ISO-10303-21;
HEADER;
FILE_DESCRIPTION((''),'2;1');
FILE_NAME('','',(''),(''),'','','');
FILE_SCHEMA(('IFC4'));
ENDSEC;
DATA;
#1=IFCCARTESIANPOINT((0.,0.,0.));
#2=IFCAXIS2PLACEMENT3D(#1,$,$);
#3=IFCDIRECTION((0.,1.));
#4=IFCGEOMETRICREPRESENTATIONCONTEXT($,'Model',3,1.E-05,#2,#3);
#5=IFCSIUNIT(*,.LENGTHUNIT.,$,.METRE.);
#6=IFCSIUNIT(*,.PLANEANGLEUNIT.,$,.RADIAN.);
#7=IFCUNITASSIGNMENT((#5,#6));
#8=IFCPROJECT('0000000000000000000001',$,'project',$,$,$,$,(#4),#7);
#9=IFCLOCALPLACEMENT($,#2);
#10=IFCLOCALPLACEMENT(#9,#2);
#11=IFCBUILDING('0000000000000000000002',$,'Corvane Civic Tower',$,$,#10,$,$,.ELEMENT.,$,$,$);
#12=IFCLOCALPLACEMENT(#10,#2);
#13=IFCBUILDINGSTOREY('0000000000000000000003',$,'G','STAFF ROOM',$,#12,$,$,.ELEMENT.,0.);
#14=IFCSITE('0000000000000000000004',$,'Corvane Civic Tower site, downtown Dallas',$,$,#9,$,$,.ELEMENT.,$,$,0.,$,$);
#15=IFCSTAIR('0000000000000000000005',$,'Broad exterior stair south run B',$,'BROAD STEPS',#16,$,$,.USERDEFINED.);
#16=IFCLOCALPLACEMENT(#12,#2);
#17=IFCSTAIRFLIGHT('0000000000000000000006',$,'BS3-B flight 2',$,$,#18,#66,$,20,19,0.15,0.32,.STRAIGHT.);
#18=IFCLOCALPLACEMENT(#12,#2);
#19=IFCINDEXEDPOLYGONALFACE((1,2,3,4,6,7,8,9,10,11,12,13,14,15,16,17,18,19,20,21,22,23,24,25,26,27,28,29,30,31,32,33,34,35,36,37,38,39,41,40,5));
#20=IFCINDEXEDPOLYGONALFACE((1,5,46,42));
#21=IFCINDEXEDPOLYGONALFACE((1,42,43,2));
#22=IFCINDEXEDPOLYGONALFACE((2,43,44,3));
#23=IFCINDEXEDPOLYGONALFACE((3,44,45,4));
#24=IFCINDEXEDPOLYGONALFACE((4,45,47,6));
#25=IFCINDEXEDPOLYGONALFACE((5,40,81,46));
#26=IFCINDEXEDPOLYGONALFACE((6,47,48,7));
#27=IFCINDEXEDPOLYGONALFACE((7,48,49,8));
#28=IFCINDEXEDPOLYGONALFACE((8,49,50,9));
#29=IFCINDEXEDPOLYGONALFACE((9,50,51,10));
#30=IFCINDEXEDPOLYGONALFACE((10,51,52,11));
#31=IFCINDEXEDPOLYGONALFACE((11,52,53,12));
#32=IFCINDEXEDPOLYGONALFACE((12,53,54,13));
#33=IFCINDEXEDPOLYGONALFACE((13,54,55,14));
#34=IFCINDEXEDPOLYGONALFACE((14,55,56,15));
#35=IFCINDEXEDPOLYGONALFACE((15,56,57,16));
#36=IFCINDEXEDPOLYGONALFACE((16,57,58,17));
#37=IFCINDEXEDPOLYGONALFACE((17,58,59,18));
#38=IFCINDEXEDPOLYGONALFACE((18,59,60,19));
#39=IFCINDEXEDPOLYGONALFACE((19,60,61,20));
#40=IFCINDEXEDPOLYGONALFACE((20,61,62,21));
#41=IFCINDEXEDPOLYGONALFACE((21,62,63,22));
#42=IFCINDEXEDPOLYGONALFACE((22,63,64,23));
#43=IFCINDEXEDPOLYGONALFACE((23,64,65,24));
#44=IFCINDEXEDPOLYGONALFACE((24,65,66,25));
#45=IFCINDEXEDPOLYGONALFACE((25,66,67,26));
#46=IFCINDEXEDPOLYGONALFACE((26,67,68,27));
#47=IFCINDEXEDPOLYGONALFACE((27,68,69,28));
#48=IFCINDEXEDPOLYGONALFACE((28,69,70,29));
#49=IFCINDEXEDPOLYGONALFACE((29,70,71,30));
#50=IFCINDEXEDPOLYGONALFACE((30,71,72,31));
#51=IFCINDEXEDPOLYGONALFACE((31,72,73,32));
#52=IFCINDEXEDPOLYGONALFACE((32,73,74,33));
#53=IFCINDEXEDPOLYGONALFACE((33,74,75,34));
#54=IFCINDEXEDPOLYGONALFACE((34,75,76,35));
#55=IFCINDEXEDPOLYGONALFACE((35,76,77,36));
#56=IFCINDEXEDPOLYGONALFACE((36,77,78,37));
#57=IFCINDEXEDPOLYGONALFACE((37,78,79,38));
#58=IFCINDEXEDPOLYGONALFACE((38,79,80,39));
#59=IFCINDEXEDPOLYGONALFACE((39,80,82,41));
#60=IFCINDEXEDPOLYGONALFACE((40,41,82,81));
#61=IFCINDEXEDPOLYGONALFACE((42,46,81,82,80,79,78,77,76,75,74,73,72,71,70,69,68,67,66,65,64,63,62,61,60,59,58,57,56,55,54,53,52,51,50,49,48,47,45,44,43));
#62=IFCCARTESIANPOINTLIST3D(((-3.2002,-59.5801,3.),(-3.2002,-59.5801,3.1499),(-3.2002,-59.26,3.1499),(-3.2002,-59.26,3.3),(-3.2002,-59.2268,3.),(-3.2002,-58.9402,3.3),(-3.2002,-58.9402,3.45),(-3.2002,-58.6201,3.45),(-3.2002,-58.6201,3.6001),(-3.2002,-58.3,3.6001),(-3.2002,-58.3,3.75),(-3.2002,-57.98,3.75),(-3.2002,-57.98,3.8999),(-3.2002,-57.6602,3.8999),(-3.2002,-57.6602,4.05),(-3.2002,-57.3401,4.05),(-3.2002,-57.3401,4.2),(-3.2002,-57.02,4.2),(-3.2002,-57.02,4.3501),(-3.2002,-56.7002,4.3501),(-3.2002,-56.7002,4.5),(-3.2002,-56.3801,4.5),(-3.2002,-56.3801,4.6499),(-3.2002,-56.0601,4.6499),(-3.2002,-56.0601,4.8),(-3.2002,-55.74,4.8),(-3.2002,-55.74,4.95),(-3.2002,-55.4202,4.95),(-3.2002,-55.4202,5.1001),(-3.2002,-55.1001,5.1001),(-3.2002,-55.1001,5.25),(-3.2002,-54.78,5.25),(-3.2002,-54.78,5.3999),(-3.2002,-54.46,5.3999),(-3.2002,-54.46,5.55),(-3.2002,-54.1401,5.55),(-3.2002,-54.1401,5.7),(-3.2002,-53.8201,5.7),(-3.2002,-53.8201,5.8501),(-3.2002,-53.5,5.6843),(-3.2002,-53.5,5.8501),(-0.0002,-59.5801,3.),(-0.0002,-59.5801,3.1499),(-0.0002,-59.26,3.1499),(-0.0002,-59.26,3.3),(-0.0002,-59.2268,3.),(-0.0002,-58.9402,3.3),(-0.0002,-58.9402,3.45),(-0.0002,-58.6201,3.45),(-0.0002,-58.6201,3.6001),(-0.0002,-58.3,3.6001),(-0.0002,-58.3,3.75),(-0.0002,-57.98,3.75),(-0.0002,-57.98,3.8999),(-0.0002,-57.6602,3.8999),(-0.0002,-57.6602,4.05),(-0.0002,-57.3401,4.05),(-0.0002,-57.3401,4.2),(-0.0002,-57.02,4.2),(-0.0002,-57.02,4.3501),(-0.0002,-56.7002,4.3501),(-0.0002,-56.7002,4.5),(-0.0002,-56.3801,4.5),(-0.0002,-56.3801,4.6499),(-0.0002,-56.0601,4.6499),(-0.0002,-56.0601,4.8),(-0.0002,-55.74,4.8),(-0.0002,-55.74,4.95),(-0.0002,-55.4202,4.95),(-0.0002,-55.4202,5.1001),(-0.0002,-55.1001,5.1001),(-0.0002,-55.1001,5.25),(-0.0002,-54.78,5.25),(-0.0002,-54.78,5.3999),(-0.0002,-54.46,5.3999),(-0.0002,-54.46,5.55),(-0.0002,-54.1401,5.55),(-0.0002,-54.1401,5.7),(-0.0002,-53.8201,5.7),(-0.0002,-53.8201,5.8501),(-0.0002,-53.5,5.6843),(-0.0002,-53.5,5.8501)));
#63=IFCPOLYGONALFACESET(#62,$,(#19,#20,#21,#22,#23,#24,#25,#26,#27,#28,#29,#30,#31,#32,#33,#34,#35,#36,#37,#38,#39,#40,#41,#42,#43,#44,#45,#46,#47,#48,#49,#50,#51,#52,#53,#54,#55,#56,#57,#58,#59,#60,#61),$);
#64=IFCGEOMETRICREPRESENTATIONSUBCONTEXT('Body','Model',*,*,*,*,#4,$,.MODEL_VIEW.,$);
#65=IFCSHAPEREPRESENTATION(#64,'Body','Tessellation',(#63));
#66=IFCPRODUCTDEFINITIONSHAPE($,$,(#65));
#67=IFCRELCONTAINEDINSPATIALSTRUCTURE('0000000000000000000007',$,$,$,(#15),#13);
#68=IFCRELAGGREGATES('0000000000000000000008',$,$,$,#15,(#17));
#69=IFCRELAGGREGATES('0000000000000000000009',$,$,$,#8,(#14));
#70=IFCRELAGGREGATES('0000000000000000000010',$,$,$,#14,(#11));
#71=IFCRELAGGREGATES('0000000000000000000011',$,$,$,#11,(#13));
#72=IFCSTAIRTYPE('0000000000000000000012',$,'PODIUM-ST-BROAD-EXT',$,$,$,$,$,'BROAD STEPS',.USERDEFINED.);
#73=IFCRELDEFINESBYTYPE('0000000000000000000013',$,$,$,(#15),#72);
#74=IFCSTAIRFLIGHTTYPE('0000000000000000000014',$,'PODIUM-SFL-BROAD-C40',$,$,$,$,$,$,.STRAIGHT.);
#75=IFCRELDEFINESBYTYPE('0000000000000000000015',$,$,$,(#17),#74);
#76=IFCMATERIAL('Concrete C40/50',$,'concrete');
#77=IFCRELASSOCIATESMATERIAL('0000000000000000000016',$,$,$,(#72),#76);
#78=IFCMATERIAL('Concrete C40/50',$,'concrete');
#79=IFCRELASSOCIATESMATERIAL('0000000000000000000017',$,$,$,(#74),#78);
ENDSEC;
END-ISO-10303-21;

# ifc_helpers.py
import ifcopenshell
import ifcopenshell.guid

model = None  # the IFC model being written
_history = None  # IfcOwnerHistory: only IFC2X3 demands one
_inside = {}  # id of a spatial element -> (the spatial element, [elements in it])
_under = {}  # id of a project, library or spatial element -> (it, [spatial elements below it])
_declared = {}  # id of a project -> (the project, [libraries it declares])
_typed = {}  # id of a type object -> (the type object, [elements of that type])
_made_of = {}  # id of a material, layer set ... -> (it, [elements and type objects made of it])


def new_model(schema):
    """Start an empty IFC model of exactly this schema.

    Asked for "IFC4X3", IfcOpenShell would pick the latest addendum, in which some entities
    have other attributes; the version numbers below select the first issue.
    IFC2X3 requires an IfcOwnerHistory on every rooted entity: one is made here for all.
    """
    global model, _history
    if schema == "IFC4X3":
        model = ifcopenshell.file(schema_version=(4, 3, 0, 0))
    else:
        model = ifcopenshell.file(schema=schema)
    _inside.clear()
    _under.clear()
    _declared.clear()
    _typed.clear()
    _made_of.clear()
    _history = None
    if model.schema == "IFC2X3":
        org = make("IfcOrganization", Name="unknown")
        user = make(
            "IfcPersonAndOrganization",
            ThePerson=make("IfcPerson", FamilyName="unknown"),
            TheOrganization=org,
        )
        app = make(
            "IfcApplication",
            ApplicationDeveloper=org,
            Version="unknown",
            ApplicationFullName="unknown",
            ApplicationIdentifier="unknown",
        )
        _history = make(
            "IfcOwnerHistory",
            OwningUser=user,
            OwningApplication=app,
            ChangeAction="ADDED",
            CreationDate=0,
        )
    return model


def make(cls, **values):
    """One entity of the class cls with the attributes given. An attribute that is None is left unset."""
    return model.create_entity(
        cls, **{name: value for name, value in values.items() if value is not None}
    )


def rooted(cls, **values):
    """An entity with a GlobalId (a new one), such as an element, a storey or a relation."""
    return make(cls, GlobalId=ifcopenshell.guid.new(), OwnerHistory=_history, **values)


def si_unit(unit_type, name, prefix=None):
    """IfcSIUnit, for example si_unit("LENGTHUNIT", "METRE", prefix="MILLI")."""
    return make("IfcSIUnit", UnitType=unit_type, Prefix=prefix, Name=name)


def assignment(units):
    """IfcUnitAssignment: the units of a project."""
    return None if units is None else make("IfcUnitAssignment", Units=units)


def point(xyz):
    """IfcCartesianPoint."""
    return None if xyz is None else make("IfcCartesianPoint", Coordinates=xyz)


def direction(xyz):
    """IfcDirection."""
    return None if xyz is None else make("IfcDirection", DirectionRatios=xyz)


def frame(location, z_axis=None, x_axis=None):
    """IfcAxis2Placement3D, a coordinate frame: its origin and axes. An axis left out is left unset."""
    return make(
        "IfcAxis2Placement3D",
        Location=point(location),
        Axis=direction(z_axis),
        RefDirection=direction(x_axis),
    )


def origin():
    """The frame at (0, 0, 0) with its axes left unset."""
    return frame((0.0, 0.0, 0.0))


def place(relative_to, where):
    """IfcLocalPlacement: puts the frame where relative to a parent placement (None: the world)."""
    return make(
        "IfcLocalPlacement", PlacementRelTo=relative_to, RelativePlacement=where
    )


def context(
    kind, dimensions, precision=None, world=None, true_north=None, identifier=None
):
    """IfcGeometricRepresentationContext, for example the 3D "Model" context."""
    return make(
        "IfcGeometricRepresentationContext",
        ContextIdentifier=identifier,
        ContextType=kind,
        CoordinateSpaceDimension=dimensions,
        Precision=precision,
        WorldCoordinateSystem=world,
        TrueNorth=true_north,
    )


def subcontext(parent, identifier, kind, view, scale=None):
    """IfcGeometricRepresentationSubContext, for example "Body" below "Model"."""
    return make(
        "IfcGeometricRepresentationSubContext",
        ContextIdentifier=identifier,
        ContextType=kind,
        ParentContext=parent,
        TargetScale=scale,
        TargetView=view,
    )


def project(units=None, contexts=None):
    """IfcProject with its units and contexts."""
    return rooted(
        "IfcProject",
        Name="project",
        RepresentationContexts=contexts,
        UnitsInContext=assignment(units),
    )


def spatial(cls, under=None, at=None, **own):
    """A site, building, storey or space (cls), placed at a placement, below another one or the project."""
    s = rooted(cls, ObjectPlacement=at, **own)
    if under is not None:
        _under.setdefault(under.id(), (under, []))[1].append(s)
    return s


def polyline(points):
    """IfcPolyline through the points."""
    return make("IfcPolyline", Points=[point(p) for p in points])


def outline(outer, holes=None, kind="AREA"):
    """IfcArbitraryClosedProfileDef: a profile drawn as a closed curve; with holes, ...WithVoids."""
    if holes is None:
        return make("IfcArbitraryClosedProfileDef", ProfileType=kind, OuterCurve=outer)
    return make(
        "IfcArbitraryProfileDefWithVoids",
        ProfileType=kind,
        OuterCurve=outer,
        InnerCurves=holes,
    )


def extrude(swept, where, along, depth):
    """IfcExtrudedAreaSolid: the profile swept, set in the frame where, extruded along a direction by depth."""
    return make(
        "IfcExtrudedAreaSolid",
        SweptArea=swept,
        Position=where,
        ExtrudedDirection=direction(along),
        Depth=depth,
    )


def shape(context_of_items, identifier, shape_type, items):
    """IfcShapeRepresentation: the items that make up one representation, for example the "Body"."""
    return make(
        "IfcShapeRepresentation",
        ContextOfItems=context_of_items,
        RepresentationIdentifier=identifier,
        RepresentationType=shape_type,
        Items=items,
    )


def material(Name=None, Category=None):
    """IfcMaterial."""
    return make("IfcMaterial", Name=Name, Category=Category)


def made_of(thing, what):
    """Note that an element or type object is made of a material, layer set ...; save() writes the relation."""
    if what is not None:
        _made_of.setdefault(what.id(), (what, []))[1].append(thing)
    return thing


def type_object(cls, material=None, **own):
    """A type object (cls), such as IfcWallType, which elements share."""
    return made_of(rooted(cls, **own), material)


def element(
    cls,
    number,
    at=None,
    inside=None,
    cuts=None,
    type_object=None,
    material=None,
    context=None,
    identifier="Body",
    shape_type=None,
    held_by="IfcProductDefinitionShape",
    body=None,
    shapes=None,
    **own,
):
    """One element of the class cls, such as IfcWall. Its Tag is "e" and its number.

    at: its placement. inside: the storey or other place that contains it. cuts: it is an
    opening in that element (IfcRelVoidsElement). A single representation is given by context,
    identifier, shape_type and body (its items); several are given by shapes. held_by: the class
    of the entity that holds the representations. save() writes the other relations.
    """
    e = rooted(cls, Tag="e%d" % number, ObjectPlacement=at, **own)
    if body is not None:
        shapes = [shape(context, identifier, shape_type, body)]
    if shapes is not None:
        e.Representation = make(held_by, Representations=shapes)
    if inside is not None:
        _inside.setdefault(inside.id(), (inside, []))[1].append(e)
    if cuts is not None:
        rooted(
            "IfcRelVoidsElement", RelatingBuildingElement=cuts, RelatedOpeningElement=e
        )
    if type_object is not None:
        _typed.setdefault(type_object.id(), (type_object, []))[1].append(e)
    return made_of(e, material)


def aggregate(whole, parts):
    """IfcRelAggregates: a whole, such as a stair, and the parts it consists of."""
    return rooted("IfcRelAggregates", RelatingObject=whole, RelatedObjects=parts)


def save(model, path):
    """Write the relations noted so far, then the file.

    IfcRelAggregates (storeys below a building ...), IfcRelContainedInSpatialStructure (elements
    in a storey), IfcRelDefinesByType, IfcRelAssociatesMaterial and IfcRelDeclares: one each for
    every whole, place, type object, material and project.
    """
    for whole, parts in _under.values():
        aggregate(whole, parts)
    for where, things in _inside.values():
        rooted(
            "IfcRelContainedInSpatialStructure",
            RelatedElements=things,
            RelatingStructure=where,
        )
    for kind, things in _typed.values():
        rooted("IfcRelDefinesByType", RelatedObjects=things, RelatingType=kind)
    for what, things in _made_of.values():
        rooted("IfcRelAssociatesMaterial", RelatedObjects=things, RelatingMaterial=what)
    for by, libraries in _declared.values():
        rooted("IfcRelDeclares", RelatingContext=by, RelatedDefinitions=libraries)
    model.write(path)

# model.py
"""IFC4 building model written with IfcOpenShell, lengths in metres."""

from ifc_helpers import new_model, si_unit, direction, frame, origin, place, context, subcontext, project, spatial, polyline, outline, extrude, material, type_object, element, aggregate, save


model = new_model("IFC4")

# Units and contexts
model_context = context("Model", 3, precision=1e-05, world=origin(), true_north=direction((0.0, 1.0)))
body_context = subcontext(model_context, "Body", "Model", "MODEL_VIEW")
ifc_project = project(units=[si_unit("LENGTHUNIT", "METRE"), si_unit("PLANEANGLEUNIT", "RADIAN")], contexts=[model_context])

# Site, building, storey
site_placement = place(None, origin())
site = spatial("IfcSite", under=ifc_project, at=site_placement, Name="Corvane Civic Tower site, downtown Dallas", CompositionType="ELEMENT", RefElevation=0.0)
building_placement = place(site_placement, origin())
building = spatial("IfcBuilding", under=site, at=building_placement, Name="Corvane Civic Tower", CompositionType="ELEMENT")
storey_placement = place(building_placement, origin())
storey = spatial("IfcBuildingStorey", under=building, at=storey_placement, Name="G", Description="STAFF ROOM", CompositionType="ELEMENT", Elevation=0.0)

# Stair, stair flight
ifc_material_1 = material(Name="Concrete C40/50", Category="concrete")
stair_type = type_object("IfcStairType", Name="PODIUM-ST-BROAD-EXT", ElementType="BROAD STEPS", PredefinedType="USERDEFINED", material=ifc_material_1)
ifc_material_2 = material(Name="Concrete C40/50", Category="concrete")
stair_flight_type = type_object("IfcStairFlightType", Name="PODIUM-SFL-BROAD-C40", PredefinedType="STRAIGHT", material=ifc_material_2)
stair_1_placement = place(storey_placement, origin())
stair_1 = element("IfcStair", 1, at=stair_1_placement, inside=storey, type_object=stair_type, Name="Broad exterior stair south run B", ObjectType="BROAD STEPS", PredefinedType="USERDEFINED")
stair_flight_1_placement = place(storey_placement, frame((-1.6001, -59.5801, 3.0), z_axis=(0.0, 0.0, 1.0), x_axis=(0.0, 1.0, 0.0)))
stair_flight_1 = element("IfcStairFlight", 2, at=stair_flight_1_placement, type_object=stair_flight_type, Name="BS3-B flight 2", NumberOfRisers=20, NumberOfTreads=19, PredefinedType="STRAIGHT", RiserHeight=0.15, TreadLength=0.32, context=body_context, shape_type="SweptSolid", body=[
    extrude(outline(polyline([(0.0, 0.0), (0.0, 0.1499), (0.3201, 0.1499), (0.3201, 0.3), (0.6399, 0.3), (0.6399, 0.45), (0.96, 0.45), (0.96, 0.6001), (1.28, 0.6001), (1.28, 0.75), (1.6001, 0.75), (1.6001, 0.8999), (1.9199, 0.8999), (1.9199, 1.05), (2.24, 1.05), (2.24, 1.2), (2.5601, 1.2), (2.5601, 1.3501), (2.8799, 1.3501), (2.8799, 1.5), (3.2, 1.5), (3.2, 1.6499), (3.52, 1.6499), (3.52, 1.8), (3.8401, 1.8), (3.8401, 1.95), (4.1599, 1.95), (4.1599, 2.1001), (4.48, 2.1001), (4.48, 2.25), (4.8, 2.25), (4.8, 2.3999), (5.1201, 2.3999), (5.1201, 2.55), (5.4399, 2.55), (5.4399, 2.7), (5.76, 2.7), (5.76, 2.8501), (6.0801, 2.8501), (6.0801, 3.0), (6.0801, 2.6843), (0.3533, 0.0), (0.0, 0.0)])), frame((0.0, 1.6001, 0.0), z_axis=(0.0, -1.0, 0.0), x_axis=(1.0, 0.0, 0.0)), (0.0, 0.0, 1.0), 3.2),
])
aggregate(stair_1, [stair_flight_1])

save(model, "model.ifc")
